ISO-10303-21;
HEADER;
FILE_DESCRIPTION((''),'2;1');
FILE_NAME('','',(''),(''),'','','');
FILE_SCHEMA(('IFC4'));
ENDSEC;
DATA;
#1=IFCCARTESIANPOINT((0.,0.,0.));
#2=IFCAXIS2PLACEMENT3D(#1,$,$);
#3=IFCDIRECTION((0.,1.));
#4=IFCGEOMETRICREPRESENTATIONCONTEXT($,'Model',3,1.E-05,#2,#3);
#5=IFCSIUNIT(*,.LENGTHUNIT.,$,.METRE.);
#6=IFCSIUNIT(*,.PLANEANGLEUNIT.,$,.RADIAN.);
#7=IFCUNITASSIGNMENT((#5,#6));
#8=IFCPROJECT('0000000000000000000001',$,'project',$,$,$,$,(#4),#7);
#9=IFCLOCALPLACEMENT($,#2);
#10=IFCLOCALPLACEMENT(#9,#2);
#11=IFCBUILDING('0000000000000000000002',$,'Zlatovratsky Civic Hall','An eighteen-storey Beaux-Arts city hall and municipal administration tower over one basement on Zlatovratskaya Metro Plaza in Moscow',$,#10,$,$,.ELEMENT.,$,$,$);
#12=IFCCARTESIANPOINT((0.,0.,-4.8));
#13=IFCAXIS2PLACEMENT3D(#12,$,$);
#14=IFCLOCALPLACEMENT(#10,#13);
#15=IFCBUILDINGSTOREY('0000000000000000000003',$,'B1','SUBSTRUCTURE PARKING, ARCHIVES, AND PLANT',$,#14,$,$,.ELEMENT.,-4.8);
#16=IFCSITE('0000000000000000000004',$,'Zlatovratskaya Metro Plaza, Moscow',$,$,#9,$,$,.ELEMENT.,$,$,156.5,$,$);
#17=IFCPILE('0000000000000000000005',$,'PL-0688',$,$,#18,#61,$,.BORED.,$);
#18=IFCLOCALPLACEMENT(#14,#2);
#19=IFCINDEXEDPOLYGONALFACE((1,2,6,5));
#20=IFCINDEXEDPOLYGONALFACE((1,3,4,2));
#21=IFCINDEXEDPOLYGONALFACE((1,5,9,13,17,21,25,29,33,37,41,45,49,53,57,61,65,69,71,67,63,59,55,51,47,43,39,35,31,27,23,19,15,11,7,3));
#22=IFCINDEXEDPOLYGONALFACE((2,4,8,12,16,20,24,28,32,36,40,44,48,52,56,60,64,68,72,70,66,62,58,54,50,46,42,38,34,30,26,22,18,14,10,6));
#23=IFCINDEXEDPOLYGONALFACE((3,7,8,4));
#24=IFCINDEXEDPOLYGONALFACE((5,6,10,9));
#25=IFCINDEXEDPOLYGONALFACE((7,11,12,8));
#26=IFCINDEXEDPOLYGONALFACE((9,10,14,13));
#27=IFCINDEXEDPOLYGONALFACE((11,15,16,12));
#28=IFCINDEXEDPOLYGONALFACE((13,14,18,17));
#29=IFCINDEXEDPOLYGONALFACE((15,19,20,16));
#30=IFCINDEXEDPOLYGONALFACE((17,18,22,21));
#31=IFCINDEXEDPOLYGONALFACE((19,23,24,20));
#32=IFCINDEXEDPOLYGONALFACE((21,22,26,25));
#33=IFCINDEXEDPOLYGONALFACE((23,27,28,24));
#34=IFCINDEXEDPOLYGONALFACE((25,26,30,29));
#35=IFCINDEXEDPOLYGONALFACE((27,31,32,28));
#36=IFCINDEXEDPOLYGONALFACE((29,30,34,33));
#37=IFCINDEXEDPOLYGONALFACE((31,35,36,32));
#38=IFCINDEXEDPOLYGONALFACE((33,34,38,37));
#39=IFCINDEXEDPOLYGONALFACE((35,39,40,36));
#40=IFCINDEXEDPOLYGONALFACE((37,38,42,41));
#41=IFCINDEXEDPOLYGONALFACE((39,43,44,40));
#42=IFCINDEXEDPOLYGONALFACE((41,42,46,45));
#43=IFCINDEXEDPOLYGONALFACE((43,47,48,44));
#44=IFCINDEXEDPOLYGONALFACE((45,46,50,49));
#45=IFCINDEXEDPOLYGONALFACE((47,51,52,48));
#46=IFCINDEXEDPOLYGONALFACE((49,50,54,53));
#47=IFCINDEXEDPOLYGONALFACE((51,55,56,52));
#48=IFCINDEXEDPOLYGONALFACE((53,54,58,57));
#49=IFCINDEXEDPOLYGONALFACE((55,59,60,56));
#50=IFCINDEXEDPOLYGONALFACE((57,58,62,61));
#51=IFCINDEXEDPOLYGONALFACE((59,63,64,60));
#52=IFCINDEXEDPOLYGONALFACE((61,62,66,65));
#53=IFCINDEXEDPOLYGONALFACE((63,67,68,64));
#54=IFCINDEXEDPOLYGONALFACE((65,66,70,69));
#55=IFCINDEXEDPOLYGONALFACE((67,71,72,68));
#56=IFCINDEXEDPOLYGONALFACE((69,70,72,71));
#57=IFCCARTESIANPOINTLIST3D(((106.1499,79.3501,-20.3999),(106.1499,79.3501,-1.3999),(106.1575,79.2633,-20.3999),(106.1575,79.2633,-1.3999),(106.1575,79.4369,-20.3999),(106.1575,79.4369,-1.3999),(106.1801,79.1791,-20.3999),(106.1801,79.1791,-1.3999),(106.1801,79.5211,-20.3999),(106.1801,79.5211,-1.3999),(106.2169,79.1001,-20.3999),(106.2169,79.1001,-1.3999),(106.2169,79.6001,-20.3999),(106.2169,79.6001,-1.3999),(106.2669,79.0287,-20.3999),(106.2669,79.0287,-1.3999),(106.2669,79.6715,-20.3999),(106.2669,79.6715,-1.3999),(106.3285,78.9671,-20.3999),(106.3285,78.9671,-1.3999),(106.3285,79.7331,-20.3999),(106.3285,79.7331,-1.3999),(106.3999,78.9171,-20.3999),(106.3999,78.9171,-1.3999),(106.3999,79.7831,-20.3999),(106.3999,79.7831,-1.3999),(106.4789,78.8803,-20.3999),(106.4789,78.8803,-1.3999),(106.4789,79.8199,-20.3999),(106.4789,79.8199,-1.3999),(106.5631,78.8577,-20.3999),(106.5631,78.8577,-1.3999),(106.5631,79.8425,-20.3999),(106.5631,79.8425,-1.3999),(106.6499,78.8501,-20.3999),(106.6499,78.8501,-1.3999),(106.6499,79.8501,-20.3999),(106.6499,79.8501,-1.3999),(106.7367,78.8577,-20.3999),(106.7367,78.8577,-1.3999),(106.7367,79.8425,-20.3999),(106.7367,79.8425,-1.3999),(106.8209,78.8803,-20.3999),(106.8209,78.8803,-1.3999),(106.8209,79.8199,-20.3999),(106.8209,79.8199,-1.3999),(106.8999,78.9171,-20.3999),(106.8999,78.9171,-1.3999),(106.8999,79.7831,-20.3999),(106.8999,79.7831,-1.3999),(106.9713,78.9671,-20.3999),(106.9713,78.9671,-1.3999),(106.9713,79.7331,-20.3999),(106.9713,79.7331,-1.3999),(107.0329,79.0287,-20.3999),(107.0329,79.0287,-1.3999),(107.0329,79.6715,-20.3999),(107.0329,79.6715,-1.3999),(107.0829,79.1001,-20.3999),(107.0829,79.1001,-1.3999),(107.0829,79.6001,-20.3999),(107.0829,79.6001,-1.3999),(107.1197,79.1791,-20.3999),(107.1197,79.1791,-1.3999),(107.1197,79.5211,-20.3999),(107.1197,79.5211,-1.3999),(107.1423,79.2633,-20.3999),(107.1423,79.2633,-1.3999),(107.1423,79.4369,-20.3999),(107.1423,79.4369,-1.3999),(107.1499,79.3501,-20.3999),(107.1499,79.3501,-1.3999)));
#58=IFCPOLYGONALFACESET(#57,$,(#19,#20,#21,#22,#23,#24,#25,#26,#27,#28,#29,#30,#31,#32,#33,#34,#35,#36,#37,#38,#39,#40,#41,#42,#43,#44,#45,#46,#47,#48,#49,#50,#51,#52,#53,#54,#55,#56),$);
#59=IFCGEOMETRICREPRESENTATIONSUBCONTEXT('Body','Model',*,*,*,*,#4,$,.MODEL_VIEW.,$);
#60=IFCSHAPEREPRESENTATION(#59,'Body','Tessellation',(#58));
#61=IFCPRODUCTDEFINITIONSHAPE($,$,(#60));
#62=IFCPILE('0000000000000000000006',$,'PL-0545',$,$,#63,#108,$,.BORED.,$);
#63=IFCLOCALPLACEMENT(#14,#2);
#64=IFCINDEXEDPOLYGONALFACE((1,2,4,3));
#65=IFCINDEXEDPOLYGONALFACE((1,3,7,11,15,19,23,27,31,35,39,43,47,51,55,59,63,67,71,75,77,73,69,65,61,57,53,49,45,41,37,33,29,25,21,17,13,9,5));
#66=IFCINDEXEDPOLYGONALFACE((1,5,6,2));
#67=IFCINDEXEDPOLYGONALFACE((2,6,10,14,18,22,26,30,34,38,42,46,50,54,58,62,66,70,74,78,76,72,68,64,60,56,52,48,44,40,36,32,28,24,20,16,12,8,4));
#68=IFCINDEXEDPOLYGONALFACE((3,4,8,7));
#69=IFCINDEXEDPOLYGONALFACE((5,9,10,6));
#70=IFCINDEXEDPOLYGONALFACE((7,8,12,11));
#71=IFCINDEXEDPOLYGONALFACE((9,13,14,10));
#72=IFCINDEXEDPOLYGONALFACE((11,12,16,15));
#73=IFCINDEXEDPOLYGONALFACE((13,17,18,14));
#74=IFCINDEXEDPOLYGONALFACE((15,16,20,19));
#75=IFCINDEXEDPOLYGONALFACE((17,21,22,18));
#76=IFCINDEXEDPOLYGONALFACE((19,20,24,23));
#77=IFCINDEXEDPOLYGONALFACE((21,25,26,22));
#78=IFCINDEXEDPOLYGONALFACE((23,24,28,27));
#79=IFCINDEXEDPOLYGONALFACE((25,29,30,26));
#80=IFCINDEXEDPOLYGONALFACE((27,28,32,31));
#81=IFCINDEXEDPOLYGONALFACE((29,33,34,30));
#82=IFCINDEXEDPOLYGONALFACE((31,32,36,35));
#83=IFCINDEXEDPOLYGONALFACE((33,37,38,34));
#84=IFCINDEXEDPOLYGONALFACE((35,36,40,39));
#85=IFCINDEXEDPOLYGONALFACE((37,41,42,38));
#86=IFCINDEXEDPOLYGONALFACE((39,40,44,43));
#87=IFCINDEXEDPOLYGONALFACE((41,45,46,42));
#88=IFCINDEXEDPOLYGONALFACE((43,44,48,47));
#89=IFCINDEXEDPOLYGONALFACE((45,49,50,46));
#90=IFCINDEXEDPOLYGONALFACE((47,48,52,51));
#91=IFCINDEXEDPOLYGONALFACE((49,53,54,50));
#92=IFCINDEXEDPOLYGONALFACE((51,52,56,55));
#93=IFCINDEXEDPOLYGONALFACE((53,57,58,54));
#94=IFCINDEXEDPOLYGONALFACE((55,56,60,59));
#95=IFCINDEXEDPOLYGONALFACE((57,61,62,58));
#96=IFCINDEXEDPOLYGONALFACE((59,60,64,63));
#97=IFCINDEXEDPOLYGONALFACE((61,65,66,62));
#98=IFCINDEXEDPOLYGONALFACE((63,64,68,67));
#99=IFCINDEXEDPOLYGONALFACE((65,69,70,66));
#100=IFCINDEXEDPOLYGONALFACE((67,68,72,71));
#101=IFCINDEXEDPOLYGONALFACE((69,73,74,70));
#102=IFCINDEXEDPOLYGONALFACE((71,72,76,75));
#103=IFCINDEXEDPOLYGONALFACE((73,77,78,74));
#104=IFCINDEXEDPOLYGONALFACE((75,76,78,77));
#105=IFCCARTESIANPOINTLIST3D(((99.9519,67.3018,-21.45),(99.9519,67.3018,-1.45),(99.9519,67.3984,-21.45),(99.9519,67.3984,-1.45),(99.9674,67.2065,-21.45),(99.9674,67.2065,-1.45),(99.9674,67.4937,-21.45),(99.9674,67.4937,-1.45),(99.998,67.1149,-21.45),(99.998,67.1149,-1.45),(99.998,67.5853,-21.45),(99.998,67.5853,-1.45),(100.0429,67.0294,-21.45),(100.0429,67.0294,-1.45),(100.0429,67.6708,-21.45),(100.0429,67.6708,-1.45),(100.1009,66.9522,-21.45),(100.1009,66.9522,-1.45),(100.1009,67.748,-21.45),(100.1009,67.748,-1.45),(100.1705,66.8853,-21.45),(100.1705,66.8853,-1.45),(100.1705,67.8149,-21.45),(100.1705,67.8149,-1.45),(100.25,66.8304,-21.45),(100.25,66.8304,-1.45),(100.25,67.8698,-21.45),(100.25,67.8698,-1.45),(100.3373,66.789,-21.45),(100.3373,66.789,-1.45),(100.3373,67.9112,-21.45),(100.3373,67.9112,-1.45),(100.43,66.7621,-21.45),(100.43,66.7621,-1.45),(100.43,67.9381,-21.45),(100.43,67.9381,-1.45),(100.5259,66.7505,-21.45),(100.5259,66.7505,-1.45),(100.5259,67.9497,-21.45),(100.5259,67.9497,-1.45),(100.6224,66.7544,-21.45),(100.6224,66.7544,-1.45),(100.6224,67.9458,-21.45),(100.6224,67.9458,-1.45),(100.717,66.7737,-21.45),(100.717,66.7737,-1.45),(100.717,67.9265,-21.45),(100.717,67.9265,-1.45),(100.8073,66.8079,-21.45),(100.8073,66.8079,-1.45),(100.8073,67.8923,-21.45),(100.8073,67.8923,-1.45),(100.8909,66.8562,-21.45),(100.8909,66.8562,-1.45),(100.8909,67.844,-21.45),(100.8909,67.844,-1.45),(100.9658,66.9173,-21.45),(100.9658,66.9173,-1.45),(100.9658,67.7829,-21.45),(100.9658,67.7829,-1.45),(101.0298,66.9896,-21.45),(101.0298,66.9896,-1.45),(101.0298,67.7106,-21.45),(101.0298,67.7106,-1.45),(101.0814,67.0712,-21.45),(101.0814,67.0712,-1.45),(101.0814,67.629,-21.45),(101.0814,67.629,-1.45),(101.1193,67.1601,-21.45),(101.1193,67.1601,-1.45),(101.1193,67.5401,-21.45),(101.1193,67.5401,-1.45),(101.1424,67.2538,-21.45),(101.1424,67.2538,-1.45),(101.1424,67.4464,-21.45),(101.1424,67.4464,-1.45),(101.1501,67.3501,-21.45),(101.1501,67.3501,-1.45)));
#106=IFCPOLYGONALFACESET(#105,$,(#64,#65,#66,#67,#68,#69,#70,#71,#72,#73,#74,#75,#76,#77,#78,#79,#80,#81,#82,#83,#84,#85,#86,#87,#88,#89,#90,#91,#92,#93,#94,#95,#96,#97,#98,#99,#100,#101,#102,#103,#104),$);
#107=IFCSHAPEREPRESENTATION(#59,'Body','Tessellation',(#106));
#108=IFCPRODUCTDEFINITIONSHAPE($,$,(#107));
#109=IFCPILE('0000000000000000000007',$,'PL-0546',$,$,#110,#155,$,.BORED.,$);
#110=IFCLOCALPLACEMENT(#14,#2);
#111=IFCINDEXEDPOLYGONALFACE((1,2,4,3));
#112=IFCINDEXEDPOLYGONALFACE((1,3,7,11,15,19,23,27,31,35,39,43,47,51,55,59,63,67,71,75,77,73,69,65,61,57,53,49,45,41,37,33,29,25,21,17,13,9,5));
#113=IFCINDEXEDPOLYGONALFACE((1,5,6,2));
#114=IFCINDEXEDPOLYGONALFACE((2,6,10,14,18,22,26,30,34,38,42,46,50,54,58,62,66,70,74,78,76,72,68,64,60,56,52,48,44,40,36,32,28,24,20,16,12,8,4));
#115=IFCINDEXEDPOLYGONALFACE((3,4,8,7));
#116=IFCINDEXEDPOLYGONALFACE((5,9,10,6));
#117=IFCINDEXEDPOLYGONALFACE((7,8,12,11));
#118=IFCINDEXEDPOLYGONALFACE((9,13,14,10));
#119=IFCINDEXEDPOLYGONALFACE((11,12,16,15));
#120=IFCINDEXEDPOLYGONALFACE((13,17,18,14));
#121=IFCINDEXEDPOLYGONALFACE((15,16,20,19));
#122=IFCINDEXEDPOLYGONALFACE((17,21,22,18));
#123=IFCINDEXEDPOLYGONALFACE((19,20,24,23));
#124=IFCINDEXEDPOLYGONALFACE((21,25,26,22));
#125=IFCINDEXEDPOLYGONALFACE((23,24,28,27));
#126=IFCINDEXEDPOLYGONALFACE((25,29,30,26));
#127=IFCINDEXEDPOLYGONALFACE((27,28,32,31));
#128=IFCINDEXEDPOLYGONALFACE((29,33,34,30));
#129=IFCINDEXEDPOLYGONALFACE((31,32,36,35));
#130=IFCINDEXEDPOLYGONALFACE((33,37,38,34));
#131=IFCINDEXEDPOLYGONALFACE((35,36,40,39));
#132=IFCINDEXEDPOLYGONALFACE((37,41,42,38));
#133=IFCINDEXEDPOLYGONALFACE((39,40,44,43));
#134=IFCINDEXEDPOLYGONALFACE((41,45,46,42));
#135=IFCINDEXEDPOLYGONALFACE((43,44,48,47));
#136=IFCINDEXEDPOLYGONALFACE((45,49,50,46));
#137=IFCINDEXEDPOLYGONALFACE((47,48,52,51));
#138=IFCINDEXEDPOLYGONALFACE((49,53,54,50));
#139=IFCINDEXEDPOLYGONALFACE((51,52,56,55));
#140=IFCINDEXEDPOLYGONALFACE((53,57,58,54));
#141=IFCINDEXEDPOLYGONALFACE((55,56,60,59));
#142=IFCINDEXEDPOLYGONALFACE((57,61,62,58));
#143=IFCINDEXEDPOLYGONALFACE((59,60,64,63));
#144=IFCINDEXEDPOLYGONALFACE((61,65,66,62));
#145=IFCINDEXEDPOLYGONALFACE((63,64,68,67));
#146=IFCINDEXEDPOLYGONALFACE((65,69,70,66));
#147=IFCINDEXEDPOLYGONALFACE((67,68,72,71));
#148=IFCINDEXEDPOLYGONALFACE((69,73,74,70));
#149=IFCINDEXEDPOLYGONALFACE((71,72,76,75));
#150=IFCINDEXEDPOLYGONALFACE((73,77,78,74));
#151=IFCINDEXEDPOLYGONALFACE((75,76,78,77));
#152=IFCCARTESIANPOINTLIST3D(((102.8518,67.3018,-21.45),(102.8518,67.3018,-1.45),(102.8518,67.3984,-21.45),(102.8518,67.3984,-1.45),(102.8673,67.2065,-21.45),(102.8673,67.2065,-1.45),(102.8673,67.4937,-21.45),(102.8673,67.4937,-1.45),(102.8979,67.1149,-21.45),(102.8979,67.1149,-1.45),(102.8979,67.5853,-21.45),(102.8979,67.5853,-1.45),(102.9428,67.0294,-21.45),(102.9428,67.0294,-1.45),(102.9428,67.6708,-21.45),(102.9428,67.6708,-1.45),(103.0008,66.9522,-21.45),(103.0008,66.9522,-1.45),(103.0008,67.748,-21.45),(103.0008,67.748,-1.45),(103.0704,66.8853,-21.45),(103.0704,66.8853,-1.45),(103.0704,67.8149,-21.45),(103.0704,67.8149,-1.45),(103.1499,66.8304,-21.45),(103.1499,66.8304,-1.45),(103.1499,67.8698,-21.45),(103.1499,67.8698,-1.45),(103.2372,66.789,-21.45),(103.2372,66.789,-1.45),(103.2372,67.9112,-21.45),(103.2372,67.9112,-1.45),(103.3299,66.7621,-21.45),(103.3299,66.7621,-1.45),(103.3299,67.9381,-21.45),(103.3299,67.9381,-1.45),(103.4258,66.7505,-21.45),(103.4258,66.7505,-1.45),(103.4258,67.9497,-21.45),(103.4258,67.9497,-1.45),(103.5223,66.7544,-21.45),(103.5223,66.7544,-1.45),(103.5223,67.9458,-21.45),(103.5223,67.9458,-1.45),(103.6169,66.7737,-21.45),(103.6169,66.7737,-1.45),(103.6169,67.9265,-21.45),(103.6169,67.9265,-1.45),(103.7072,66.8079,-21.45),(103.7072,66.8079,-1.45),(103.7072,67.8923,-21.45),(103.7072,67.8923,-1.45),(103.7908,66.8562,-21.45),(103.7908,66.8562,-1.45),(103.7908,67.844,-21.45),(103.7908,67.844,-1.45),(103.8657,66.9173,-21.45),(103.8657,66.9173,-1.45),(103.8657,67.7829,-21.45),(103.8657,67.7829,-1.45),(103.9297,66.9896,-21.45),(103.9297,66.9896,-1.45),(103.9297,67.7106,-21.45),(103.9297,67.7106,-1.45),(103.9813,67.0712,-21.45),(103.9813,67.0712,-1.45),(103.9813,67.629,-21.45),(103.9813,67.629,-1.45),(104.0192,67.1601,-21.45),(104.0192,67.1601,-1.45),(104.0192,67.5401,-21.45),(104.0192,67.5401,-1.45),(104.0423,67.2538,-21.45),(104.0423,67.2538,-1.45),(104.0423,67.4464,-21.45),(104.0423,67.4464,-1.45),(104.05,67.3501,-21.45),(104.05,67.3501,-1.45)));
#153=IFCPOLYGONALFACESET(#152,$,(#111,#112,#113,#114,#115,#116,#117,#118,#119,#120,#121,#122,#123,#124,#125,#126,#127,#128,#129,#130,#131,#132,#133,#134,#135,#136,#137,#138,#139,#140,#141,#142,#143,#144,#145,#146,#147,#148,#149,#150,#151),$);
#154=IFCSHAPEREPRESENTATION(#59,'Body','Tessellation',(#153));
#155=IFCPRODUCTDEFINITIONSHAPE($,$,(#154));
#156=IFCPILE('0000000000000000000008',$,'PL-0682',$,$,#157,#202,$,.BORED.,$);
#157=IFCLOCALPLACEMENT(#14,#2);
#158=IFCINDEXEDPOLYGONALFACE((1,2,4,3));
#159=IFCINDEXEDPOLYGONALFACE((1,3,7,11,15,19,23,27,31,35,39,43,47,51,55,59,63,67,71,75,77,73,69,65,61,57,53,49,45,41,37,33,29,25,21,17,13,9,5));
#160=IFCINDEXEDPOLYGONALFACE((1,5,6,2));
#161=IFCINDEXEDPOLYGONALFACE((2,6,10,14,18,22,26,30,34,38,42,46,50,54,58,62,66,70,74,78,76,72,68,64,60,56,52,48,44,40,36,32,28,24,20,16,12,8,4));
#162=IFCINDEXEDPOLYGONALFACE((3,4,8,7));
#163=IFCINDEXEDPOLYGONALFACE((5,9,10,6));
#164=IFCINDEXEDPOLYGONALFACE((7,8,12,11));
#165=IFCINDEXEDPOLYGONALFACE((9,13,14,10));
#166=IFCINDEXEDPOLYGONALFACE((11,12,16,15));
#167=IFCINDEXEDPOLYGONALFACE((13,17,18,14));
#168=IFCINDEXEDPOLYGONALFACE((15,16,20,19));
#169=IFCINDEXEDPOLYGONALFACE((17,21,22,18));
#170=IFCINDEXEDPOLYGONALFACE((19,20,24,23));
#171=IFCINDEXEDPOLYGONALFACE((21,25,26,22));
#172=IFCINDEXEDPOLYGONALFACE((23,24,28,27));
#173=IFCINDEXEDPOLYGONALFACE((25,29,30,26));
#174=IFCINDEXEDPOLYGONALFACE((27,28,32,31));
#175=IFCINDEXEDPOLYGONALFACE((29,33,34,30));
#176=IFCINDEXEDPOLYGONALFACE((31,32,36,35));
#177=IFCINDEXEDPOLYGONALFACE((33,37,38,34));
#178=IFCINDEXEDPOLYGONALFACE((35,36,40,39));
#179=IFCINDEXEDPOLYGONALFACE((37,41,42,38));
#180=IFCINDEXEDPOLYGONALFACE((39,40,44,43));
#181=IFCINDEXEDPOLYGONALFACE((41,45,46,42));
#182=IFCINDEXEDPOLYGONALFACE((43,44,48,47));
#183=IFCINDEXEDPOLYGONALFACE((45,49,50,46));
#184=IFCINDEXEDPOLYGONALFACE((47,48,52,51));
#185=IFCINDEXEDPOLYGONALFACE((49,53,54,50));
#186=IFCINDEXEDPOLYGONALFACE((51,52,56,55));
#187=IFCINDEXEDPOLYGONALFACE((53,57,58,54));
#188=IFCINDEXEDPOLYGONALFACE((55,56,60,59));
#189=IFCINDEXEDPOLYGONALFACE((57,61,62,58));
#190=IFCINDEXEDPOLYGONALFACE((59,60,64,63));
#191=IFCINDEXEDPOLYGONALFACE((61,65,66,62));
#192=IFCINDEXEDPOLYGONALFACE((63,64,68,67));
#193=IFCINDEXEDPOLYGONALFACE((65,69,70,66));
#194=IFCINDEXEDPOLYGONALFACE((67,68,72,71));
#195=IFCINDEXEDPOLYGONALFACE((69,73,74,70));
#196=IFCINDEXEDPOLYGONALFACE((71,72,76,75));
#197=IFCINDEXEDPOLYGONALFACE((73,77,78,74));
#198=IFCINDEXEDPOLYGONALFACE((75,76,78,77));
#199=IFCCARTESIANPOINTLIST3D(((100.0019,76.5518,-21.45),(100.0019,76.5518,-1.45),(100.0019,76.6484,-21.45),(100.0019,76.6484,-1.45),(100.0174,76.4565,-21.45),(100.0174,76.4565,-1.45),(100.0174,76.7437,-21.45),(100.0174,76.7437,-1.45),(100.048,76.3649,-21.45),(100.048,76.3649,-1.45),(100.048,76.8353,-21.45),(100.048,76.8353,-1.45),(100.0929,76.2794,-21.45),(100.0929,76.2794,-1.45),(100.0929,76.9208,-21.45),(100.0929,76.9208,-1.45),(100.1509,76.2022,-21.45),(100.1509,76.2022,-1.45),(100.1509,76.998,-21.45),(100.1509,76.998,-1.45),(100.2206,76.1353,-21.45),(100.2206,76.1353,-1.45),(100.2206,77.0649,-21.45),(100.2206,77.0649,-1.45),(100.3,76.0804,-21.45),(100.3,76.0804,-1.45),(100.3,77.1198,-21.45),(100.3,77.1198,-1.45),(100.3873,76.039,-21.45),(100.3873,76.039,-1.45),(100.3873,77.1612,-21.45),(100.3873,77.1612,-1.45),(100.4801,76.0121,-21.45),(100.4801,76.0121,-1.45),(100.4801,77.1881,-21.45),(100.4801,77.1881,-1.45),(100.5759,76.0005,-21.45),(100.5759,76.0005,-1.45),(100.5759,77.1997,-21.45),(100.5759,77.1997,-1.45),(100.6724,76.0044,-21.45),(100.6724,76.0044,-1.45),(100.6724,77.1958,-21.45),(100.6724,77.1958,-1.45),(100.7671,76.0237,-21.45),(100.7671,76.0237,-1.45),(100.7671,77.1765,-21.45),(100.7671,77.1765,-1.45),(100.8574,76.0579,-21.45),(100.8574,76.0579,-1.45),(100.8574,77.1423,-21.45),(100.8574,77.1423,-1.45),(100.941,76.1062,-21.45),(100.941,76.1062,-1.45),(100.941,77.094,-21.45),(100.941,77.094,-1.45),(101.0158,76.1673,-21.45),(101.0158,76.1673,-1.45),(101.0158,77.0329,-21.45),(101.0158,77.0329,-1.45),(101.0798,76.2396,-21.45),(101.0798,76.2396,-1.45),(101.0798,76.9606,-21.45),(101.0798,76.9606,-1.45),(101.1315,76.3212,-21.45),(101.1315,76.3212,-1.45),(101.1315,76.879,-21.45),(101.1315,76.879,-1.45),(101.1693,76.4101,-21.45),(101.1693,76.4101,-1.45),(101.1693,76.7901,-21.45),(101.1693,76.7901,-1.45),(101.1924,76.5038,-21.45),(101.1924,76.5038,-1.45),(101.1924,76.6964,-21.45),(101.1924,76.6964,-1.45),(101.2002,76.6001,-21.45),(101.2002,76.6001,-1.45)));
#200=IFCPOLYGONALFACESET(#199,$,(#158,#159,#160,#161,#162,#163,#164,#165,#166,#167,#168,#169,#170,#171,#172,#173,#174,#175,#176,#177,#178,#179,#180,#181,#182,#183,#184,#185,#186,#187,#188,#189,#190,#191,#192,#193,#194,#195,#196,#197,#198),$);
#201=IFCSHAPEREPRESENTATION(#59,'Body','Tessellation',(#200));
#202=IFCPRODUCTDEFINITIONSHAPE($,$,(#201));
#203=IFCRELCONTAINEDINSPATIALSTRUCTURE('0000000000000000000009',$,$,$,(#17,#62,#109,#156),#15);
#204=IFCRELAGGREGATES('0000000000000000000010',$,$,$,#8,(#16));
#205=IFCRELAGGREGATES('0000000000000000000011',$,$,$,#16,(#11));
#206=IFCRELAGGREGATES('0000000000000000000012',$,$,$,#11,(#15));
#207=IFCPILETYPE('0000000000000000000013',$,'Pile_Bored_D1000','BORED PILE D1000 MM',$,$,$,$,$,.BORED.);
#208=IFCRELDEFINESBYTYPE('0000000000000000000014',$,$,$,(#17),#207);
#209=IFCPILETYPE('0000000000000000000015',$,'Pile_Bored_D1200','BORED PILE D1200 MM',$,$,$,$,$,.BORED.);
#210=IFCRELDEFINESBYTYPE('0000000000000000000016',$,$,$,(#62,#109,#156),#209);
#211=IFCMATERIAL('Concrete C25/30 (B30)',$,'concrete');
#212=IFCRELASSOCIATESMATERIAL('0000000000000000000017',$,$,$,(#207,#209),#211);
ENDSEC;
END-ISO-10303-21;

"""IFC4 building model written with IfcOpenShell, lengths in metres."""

from ifc_helpers import new_model, si_unit, direction, frame, origin, origin_2d, place, context, subcontext, project, spatial, circle, extrude, material, material_profile, profile_set, type_object, element, save


model = new_model("IFC4")

# Units and contexts
model_context = context("Model", 3, precision=1e-05, world=origin(), true_north=direction((0.0, 1.0)))
body_context = subcontext(model_context, "Body", "Model", "MODEL_VIEW")
ifc_project = project(units=[si_unit("LENGTHUNIT", "METRE"), si_unit("PLANEANGLEUNIT", "RADIAN")], contexts=[model_context])

# Site, building, storey
site_placement = place(None, origin())
site = spatial("IfcSite", under=ifc_project, at=site_placement, Name="Zlatovratskaya Metro Plaza, Moscow", CompositionType="ELEMENT", RefElevation=156.5)
building_placement = place(site_placement, origin())
building = spatial("IfcBuilding", under=site, at=building_placement, Name="Zlatovratsky Civic Hall", Description="An eighteen-storey Beaux-Arts city hall and municipal administration tower over one basement on Zlatovratskaya Metro Plaza in Moscow", CompositionType="ELEMENT")
storey_placement = place(building_placement, frame((0.0, 0.0, -4.8)))
storey = spatial("IfcBuildingStorey", under=building, at=storey_placement, Name="B1", Description="SUBSTRUCTURE PARKING, ARCHIVES, AND PLANT", CompositionType="ELEMENT", Elevation=-4.8)

# Shared definitions
ifc_material_1 = material(Name="Concrete C25/30 (B30)", Category="concrete")

# Piles
ifc_material_profile_1 = material_profile(ifc_material_1, circle(Radius=0.5, at=origin_2d()), Name="PILE D1000")
ifc_profile_set_1 = profile_set([ifc_material_profile_1], Name="Concrete C25/30 (B30)")
pile_type_1 = type_object("IfcPileType", Name="Pile_Bored_D1000", Description="BORED PILE D1000 MM", PredefinedType="BORED", material=ifc_profile_set_1)
for number, where, z_axis, x_axis, name in (
    (1, (106.6499, 79.3501, -1.3999), (0.0, 0.0, -1.0), (1.0, 0.0, 0.0), "PL-0688"),
):
    element("IfcPile", number, at=place(storey_placement, frame(where, z_axis=z_axis, x_axis=x_axis)), inside=storey, type_object=pile_type_1, Name=name, PredefinedType="BORED", context=body_context, shape_type="SweptSolid", body=[
        extrude(circle(Radius=0.5, at=origin_2d()), origin(), (0.0, 0.0, 1.0), 19.0),
    ])
ifc_material_profile_2 = material_profile(ifc_material_1, circle(Radius=0.6001, at=origin_2d()), Name="PILE D1200")
ifc_profile_set_2 = profile_set([ifc_material_profile_2], Name="Concrete C25/30 (B30)")
pile_type_2 = type_object("IfcPileType", Name="Pile_Bored_D1200", Description="BORED PILE D1200 MM", PredefinedType="BORED", material=ifc_profile_set_2)
for number, where, z_axis, x_axis, name in (
    (2, (100.55, 67.3501, -1.45), (0.0, 0.0, -1.0), (1.0, 0.0, 0.0), "PL-0545"),
    (3, (103.45, 67.3501, -1.45), (0.0, 0.0, -1.0), (1.0, 0.0, 0.0), "PL-0546"),
    (4, (100.6001, 76.6001, -1.45), (0.0, 0.0, -1.0), (1.0, 0.0, 0.0), "PL-0682"),
):
    element("IfcPile", number, at=place(storey_placement, frame(where, z_axis=z_axis, x_axis=x_axis)), inside=storey, type_object=pile_type_2, Name=name, PredefinedType="BORED", context=body_context, shape_type="SweptSolid", body=[
        extrude(circle(Radius=0.6001, at=origin_2d()), origin(), (0.0, 0.0, 1.0), 20.0),
    ])

save(model, "model.ifc")
